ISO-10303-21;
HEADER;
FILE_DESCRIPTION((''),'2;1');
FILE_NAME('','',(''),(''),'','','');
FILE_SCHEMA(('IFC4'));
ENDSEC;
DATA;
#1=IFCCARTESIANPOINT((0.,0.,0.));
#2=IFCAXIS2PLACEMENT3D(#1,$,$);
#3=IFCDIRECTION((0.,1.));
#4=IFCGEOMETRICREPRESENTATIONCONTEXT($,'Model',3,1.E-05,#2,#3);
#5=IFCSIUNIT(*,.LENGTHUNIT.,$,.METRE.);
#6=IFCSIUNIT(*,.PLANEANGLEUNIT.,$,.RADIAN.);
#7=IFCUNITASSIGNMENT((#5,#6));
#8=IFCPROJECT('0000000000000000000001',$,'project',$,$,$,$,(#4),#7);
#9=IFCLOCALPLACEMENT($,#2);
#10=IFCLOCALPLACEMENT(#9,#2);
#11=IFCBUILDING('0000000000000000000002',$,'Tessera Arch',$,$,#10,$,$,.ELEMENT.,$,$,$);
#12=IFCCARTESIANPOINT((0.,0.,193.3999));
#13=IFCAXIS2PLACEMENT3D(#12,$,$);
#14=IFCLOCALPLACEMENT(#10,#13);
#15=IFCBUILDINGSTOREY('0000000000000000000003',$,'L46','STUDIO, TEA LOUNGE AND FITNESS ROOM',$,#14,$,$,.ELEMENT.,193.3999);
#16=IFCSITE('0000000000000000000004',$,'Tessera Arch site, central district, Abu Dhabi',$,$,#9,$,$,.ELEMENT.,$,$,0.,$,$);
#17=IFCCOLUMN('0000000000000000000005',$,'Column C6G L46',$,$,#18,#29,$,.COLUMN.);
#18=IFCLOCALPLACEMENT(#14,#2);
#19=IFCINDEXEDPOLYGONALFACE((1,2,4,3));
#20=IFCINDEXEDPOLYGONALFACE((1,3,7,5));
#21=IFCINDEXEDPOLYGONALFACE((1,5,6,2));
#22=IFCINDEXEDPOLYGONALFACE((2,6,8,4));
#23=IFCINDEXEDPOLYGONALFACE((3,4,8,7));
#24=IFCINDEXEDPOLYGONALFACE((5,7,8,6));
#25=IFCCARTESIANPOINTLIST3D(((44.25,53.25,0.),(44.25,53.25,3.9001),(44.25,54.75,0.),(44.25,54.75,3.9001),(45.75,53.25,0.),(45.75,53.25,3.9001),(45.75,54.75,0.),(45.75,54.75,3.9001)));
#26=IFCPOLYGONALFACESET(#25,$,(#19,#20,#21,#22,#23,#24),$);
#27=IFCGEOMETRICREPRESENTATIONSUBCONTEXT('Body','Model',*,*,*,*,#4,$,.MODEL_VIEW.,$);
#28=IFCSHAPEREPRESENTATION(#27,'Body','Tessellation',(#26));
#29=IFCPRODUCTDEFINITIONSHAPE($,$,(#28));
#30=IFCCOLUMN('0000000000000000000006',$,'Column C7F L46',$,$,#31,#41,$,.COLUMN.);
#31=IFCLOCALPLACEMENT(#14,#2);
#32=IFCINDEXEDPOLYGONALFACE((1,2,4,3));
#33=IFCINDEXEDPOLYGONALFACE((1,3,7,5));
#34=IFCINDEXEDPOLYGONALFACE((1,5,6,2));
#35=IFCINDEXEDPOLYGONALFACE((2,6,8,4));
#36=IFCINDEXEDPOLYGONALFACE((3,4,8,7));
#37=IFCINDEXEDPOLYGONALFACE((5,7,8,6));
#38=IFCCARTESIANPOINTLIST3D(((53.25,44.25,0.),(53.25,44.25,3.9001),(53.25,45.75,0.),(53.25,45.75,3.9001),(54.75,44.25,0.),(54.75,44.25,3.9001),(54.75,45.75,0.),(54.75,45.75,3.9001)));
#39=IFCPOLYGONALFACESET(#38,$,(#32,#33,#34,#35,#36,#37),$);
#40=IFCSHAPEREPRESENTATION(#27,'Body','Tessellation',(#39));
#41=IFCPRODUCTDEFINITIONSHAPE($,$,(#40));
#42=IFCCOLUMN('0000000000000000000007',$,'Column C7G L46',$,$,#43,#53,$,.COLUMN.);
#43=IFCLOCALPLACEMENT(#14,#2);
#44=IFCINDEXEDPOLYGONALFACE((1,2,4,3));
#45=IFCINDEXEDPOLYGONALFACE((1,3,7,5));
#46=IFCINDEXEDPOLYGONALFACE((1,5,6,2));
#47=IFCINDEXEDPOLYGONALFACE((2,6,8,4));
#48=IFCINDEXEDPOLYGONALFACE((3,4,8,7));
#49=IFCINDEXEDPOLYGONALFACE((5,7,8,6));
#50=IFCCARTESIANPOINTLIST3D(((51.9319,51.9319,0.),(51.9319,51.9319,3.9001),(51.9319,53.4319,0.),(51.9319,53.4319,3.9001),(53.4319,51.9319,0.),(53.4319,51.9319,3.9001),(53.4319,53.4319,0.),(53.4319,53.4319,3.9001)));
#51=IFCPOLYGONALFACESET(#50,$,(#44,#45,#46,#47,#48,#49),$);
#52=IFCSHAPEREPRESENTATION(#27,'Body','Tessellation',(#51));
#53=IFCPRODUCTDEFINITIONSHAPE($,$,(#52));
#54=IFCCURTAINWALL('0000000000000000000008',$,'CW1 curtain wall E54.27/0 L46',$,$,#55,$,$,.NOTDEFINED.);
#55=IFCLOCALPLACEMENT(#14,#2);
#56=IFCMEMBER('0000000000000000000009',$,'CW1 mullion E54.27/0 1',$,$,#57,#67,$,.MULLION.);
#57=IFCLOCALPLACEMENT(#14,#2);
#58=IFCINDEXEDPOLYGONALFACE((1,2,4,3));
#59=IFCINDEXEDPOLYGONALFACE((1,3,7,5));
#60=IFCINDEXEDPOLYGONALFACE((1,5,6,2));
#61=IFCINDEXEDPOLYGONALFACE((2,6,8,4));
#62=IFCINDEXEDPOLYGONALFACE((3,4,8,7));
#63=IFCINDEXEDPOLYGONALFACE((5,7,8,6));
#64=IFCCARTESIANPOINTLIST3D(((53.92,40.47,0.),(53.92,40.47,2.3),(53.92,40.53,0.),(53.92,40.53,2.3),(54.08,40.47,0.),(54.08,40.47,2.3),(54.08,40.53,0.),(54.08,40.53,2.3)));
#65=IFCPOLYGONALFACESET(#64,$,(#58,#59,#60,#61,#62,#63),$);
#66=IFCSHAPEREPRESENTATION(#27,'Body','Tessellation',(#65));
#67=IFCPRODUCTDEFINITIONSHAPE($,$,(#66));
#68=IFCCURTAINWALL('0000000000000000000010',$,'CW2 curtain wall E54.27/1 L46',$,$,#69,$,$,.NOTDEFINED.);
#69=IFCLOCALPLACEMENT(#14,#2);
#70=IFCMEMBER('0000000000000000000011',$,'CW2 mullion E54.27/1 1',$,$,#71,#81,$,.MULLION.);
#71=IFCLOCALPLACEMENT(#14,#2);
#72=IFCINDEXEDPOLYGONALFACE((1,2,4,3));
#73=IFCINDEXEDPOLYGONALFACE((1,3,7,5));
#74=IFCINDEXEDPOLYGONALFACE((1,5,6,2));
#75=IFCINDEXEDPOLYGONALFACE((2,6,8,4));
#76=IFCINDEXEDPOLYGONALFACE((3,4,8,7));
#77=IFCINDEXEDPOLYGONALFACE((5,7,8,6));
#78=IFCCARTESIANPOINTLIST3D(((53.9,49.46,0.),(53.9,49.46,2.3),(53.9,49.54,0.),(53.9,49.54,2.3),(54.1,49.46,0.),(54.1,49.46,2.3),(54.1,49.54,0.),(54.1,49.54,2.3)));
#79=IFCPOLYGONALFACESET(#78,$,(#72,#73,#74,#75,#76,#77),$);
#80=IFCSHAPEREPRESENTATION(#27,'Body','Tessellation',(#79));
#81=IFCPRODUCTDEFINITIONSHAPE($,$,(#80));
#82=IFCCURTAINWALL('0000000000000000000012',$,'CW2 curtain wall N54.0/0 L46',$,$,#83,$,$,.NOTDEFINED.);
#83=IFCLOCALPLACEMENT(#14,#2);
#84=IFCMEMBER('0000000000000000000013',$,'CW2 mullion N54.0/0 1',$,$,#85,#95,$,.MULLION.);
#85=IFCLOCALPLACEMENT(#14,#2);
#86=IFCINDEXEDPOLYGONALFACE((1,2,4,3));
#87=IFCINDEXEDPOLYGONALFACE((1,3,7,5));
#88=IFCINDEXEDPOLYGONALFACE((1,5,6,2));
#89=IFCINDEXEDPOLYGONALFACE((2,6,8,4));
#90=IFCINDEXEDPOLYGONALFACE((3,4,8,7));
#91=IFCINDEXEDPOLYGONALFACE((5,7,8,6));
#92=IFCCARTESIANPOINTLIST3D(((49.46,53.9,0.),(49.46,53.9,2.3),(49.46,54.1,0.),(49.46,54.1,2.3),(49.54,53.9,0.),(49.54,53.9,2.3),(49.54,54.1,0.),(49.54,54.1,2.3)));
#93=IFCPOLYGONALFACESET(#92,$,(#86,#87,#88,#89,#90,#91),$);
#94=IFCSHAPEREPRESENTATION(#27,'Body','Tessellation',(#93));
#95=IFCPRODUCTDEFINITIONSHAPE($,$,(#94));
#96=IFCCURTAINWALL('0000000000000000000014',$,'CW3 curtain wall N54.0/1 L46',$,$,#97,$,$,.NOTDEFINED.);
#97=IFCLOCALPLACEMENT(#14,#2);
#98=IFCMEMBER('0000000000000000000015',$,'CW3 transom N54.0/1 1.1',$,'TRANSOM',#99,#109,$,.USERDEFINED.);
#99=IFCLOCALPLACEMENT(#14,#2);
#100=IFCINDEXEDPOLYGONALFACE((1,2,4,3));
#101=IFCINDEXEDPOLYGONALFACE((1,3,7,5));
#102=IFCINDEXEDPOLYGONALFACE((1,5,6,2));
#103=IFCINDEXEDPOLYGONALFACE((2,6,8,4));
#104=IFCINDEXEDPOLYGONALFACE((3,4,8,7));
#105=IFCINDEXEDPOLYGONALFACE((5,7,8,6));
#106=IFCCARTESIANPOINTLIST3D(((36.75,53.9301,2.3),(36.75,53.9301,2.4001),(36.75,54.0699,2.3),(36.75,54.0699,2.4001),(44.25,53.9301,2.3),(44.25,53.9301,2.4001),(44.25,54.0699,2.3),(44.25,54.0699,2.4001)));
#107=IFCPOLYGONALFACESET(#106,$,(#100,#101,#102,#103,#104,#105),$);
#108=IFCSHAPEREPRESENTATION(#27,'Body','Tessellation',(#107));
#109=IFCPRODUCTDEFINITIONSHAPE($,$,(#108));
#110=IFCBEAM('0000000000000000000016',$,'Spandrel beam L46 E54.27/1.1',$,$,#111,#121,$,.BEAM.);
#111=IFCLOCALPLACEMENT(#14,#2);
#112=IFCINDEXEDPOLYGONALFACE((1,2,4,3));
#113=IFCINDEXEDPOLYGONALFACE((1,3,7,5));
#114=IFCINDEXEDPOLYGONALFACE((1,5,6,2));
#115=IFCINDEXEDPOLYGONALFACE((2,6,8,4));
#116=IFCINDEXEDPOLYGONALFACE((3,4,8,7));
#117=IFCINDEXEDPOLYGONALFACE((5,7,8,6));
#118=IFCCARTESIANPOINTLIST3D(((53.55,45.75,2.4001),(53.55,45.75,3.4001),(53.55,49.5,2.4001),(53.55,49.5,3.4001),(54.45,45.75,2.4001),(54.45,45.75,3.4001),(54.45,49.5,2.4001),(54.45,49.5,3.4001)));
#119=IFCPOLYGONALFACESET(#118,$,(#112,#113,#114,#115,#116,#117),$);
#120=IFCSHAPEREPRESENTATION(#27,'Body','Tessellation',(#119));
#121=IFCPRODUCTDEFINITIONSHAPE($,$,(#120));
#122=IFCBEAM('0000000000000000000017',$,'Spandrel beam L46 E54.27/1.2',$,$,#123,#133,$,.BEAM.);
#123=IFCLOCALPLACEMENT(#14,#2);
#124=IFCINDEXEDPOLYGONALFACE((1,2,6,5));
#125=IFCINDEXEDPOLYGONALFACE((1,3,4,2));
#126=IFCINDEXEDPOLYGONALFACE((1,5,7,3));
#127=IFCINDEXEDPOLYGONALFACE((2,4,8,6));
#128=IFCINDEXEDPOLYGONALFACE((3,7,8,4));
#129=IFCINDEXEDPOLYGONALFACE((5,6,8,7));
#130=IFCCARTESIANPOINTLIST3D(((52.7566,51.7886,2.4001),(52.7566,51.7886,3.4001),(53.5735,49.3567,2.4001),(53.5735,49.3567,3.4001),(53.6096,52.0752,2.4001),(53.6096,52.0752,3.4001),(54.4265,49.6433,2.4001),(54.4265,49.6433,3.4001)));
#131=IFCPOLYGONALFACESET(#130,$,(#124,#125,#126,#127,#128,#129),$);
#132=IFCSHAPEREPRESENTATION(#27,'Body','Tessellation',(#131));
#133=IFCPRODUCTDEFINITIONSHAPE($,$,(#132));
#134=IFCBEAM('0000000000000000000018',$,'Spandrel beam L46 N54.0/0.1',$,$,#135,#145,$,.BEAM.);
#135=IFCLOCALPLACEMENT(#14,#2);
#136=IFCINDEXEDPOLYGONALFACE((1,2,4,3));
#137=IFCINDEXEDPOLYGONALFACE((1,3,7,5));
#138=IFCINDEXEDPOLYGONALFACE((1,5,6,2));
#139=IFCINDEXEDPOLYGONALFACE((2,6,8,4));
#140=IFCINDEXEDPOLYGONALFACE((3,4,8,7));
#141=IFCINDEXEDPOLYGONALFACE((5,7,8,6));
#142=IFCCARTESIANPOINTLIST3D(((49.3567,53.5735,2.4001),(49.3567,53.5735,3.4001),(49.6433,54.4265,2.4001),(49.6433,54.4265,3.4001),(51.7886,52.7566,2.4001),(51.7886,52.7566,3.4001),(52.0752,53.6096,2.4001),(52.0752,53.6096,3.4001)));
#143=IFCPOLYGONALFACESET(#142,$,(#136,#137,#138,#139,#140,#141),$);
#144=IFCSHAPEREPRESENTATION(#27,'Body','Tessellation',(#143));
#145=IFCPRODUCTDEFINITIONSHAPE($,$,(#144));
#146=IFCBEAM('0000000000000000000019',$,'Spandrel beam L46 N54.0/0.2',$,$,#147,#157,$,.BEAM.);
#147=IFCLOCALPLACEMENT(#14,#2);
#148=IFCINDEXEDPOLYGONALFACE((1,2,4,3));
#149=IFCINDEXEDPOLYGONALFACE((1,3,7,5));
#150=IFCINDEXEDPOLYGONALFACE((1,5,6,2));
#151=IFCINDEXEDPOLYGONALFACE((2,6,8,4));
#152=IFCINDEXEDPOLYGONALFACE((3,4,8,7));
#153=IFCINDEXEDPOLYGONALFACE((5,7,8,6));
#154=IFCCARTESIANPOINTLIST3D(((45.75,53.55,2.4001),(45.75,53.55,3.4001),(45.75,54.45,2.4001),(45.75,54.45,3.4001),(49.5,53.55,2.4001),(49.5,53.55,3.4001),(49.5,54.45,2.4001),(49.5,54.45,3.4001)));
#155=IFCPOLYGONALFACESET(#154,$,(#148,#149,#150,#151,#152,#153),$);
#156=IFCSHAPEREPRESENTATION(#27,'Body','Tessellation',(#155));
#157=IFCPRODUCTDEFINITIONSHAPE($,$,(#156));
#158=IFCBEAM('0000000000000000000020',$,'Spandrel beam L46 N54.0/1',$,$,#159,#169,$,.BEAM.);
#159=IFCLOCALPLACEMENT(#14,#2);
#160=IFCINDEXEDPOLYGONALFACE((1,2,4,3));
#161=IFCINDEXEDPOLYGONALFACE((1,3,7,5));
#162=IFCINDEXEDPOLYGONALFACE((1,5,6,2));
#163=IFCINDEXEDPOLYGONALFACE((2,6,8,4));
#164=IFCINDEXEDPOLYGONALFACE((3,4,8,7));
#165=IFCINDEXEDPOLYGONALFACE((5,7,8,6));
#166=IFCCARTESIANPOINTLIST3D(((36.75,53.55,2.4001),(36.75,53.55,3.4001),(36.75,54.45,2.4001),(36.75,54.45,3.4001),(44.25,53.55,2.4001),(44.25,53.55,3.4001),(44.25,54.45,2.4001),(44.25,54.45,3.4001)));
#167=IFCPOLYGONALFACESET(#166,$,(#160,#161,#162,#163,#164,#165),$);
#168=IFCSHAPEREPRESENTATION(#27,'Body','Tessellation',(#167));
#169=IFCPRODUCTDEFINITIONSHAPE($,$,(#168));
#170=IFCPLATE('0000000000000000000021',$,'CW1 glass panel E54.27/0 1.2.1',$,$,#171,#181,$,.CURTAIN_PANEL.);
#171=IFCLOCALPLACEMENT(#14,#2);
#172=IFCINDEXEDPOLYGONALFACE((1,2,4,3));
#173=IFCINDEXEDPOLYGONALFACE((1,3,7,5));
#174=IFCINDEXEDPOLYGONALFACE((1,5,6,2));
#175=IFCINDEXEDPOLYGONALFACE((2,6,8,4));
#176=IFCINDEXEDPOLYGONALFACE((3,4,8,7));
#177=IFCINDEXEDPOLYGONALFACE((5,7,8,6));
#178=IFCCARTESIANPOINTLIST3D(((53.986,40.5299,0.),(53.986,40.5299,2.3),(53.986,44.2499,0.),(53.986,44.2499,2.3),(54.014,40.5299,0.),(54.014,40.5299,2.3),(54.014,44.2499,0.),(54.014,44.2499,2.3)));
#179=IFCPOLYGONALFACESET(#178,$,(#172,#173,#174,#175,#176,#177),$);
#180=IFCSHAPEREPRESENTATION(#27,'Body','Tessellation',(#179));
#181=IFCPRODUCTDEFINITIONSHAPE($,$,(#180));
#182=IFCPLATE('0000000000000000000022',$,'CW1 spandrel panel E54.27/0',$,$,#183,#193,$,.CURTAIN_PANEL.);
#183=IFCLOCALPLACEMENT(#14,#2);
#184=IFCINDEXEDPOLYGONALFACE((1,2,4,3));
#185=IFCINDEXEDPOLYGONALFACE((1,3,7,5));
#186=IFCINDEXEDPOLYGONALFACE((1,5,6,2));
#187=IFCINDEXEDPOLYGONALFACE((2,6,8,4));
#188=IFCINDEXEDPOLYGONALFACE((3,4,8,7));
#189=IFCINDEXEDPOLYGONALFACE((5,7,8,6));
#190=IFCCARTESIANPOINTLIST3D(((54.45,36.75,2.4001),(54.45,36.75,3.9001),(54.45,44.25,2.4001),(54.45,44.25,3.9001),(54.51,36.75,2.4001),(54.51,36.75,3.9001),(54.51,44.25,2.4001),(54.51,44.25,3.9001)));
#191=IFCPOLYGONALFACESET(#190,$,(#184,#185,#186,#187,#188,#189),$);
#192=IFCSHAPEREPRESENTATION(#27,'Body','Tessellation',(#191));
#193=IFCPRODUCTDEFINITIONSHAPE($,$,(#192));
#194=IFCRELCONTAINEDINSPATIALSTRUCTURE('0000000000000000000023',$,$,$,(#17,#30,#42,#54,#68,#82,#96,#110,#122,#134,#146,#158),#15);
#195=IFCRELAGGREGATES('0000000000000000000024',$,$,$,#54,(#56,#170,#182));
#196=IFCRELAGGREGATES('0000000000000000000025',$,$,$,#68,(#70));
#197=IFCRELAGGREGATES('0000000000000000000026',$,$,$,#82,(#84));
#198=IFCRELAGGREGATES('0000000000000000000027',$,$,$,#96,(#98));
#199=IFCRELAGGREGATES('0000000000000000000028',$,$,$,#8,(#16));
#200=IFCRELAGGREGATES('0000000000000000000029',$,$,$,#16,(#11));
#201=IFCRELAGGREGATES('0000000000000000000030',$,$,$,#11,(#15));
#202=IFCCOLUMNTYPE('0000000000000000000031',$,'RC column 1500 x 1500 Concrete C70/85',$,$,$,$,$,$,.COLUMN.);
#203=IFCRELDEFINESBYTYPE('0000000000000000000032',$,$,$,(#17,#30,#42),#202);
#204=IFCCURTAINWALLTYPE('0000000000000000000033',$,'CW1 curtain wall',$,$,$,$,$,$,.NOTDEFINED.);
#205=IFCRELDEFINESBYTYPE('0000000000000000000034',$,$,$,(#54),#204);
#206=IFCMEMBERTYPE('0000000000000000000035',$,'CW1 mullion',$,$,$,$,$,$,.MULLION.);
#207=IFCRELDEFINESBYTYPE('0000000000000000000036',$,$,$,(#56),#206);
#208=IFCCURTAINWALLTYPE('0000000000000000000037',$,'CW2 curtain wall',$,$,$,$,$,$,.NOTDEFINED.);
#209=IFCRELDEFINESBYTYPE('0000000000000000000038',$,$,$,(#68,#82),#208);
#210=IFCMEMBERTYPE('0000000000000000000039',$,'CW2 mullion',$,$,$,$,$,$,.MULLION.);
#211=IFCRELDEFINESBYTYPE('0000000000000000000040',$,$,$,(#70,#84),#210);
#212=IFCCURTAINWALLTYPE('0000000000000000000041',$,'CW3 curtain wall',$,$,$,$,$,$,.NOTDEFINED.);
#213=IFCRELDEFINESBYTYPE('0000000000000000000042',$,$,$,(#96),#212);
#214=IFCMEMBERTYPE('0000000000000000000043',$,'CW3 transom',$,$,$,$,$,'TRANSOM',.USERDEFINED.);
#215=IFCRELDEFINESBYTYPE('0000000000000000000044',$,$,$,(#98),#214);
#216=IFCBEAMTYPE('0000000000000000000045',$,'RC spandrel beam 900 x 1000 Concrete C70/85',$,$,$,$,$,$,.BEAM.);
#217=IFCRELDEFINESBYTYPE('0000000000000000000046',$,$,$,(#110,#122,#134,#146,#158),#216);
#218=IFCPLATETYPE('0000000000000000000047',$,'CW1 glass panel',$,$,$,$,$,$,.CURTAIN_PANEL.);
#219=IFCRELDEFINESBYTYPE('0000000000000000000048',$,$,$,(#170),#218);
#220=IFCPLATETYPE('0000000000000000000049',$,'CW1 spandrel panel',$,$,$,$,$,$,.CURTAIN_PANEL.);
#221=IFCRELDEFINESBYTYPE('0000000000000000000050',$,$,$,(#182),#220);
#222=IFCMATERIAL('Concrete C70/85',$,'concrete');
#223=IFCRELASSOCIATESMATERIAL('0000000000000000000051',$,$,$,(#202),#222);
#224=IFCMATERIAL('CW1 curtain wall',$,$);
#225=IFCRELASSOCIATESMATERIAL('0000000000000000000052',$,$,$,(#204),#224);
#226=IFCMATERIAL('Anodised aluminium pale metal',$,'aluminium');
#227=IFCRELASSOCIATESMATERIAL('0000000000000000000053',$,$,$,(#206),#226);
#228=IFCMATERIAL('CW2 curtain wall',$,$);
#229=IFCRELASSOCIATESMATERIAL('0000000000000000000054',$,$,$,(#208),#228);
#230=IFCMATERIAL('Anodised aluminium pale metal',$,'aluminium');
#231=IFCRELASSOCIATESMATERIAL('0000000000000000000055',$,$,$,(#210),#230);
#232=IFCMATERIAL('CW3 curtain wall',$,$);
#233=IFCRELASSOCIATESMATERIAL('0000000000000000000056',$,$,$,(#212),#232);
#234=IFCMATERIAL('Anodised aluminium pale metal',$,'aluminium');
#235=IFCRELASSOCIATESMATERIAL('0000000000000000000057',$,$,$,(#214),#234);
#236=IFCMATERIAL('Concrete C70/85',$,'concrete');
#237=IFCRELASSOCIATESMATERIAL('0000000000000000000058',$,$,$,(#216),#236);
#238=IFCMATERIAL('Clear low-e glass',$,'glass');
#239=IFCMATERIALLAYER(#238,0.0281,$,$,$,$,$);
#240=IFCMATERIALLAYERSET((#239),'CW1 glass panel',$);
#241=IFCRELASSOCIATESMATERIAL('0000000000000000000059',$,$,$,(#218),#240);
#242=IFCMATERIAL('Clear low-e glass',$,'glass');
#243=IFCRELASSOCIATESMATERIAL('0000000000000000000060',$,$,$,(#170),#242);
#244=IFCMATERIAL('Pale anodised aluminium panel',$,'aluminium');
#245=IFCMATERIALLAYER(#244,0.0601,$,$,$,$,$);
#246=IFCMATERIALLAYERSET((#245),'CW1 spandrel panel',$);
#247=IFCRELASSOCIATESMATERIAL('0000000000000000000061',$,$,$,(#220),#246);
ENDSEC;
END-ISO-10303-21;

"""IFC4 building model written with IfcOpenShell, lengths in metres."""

from ifc_helpers import new_model, si_unit, direction, frame, origin, origin_2d, place, context, subcontext, project, spatial, rectangle, extrude, material, layer, layer_set, material_profile, profile_set, type_object, element, aggregate, save


model = new_model("IFC4")

# Units and contexts
model_context = context("Model", 3, precision=1e-05, world=origin(), true_north=direction((0.0, 1.0)))
body_context = subcontext(model_context, "Body", "Model", "MODEL_VIEW")
ifc_project = project(units=[si_unit("LENGTHUNIT", "METRE"), si_unit("PLANEANGLEUNIT", "RADIAN")], contexts=[model_context])

# Site, building, storey
site_placement = place(None, origin())
site = spatial("IfcSite", under=ifc_project, at=site_placement, Name="Tessera Arch site, central district, Abu Dhabi", CompositionType="ELEMENT", RefElevation=0.0)
building_placement = place(site_placement, origin())
building = spatial("IfcBuilding", under=site, at=building_placement, Name="Tessera Arch", CompositionType="ELEMENT")
storey_placement = place(building_placement, frame((0.0, 0.0, 193.3999)))
storey = spatial("IfcBuildingStorey", under=building, at=storey_placement, Name="L46", Description="STUDIO, TEA LOUNGE AND FITNESS ROOM", CompositionType="ELEMENT", Elevation=193.3999)

# Columns
ifc_material_1 = material(Name="Concrete C70/85", Category="concrete")
ifc_material_profile_1 = material_profile(ifc_material_1, rectangle(XDim=1.5, YDim=1.5, at=origin_2d()), Name="RC column 1500 x 1500 Concrete C70/85")
ifc_profile_set_1 = profile_set([ifc_material_profile_1], Name="Concrete C70/85")
column_type = type_object("IfcColumnType", Name="RC column 1500 x 1500 Concrete C70/85", PredefinedType="COLUMN", material=ifc_profile_set_1)
for number, where, z_axis, x_axis, name in (
    (1, (45.0, 54.0, 0.0), (0.0, 0.0, 1.0), (1.0, 0.0, 0.0), "Column C6G L46"),
    (2, (54.0, 45.0, 0.0), (0.0, 0.0, 1.0), (1.0, 0.0, 0.0), "Column C7F L46"),
    (3, (52.6819, 52.6819, 0.0), (0.0, 0.0, 1.0), (1.0, 0.0, 0.0), "Column C7G L46"),
):
    element("IfcColumn", number, at=place(storey_placement, frame(where, z_axis=z_axis, x_axis=x_axis)), inside=storey, type_object=column_type, Name=name, PredefinedType="COLUMN", context=body_context, shape_type="SweptSolid", body=[
        extrude(rectangle(XDim=1.5, YDim=1.5, at=origin_2d()), origin(), (0.0, 0.0, 1.0), 3.9001),
    ])

# Curtain walls, members
ifc_material_2 = material(Name="CW1 curtain wall")
curtain_wall_type_1 = type_object("IfcCurtainWallType", Name="CW1 curtain wall", PredefinedType="NOTDEFINED", material=ifc_material_2)
curtain_wall_1_placement = place(storey_placement, origin())
curtain_wall_1 = element("IfcCurtainWall", 4, at=curtain_wall_1_placement, inside=storey, type_object=curtain_wall_type_1, Name="CW1 curtain wall E54.27/0 L46", PredefinedType="NOTDEFINED")
ifc_material_3 = material(Name="Anodised aluminium pale metal", Category="aluminium")
ifc_material_profile_2 = material_profile(ifc_material_3, rectangle(XDim=0.1599, YDim=0.0601, at=origin_2d()), Name="AL 60x160")
ifc_profile_set_2 = profile_set([ifc_material_profile_2], Name="Anodised aluminium pale metal")
member_type_1 = type_object("IfcMemberType", Name="CW1 mullion", PredefinedType="MULLION", material=ifc_profile_set_2)
member_1_placement = place(storey_placement, frame((54.0, 40.5, 0.0), z_axis=(0.0, 0.0, 1.0), x_axis=(-1.0, 0.0, 0.0)))
member_1 = element("IfcMember", 5, at=member_1_placement, type_object=member_type_1, Name="CW1 mullion E54.27/0 1", PredefinedType="MULLION", context=body_context, shape_type="SweptSolid", body=[
    extrude(rectangle(XDim=0.1599, YDim=0.0601, at=origin_2d()), origin(), (0.0, 0.0, 1.0), 2.3),
])
ifc_material_4 = material(Name="CW2 curtain wall")
curtain_wall_type_2 = type_object("IfcCurtainWallType", Name="CW2 curtain wall", PredefinedType="NOTDEFINED", material=ifc_material_4)
curtain_wall_2_placement = place(storey_placement, origin())
curtain_wall_2 = element("IfcCurtainWall", 6, at=curtain_wall_2_placement, inside=storey, type_object=curtain_wall_type_2, Name="CW2 curtain wall E54.27/1 L46", PredefinedType="NOTDEFINED")
ifc_material_5 = material(Name="Anodised aluminium pale metal", Category="aluminium")
ifc_material_profile_3 = material_profile(ifc_material_5, rectangle(XDim=0.2, YDim=0.0801, at=origin_2d()), Name="AL 80x200")
ifc_profile_set_3 = profile_set([ifc_material_profile_3], Name="Anodised aluminium pale metal")
member_type_2 = type_object("IfcMemberType", Name="CW2 mullion", PredefinedType="MULLION", material=ifc_profile_set_3)
member_2_placement = place(storey_placement, frame((54.0, 49.5, 0.0), z_axis=(0.0, 0.0, 1.0), x_axis=(-1.0, 0.0, 0.0)))
member_2 = element("IfcMember", 7, at=member_2_placement, type_object=member_type_2, Name="CW2 mullion E54.27/1 1", PredefinedType="MULLION", context=body_context, shape_type="SweptSolid", body=[
    extrude(rectangle(XDim=0.2, YDim=0.0801, at=origin_2d()), origin(), (0.0, 0.0, 1.0), 2.3),
])
curtain_wall_3_placement = place(storey_placement, origin())
curtain_wall_3 = element("IfcCurtainWall", 8, at=curtain_wall_3_placement, inside=storey, type_object=curtain_wall_type_2, Name="CW2 curtain wall N54.0/0 L46", PredefinedType="NOTDEFINED")
member_3_placement = place(storey_placement, frame((49.5, 54.0, 0.0), z_axis=(0.0, 0.0, 1.0), x_axis=(0.0, -1.0, 0.0)))
member_3 = element("IfcMember", 9, at=member_3_placement, type_object=member_type_2, Name="CW2 mullion N54.0/0 1", PredefinedType="MULLION", context=body_context, shape_type="SweptSolid", body=[
    extrude(rectangle(XDim=0.2, YDim=0.0801, at=origin_2d()), origin(), (0.0, 0.0, 1.0), 2.3),
])
ifc_material_6 = material(Name="CW3 curtain wall")
curtain_wall_type_3 = type_object("IfcCurtainWallType", Name="CW3 curtain wall", PredefinedType="NOTDEFINED", material=ifc_material_6)
curtain_wall_4_placement = place(storey_placement, origin())
curtain_wall_4 = element("IfcCurtainWall", 10, at=curtain_wall_4_placement, inside=storey, type_object=curtain_wall_type_3, Name="CW3 curtain wall N54.0/1 L46", PredefinedType="NOTDEFINED")
ifc_material_7 = material(Name="Anodised aluminium pale metal", Category="aluminium")
ifc_material_profile_4 = material_profile(ifc_material_7, rectangle(XDim=0.1399, YDim=0.1001, at=origin_2d()), Name="AL 140x100")
ifc_profile_set_4 = profile_set([ifc_material_profile_4], Name="Anodised aluminium pale metal")
member_type_3 = type_object("IfcMemberType", Name="CW3 transom", ElementType="TRANSOM", PredefinedType="USERDEFINED", material=ifc_profile_set_4)
member_4_placement = place(storey_placement, frame((44.25, 54.0, 2.3501), z_axis=(-1.0, 0.0, 0.0), x_axis=(0.0, -1.0, 0.0)))
member_4 = element("IfcMember", 11, at=member_4_placement, type_object=member_type_3, Name="CW3 transom N54.0/1 1.1", ObjectType="TRANSOM", PredefinedType="USERDEFINED", context=body_context, shape_type="SweptSolid", body=[
    extrude(rectangle(XDim=0.1399, YDim=0.1001, at=origin_2d()), origin(), (0.0, 0.0, 1.0), 7.5),
])

# Beams
ifc_material_8 = material(Name="Concrete C70/85", Category="concrete")
ifc_material_profile_5 = material_profile(ifc_material_8, rectangle(XDim=0.8999, YDim=1.0, at=origin_2d()), Name="RC spandrel beam 900 x 1000 Concrete C70/85")
ifc_profile_set_5 = profile_set([ifc_material_profile_5], Name="Concrete C70/85")
beam_type = type_object("IfcBeamType", Name="RC spandrel beam 900 x 1000 Concrete C70/85", PredefinedType="BEAM", material=ifc_profile_set_5)
beam_1_placement = place(storey_placement, frame((54.0, 45.75, 2.9001), z_axis=(0.0, 1.0, 0.0), x_axis=(-1.0, 0.0, 0.0)))
element("IfcBeam", 12, at=beam_1_placement, inside=storey, type_object=beam_type, Name="Spandrel beam L46 E54.27/1.1", PredefinedType="BEAM", context=body_context, shape_type="SweptSolid", body=[
    extrude(rectangle(XDim=0.8999, YDim=1.0, at=origin_2d()), origin(), (0.0, 0.0, 1.0), 3.75),
])
for number, where, z_axis, x_axis, name in (
    (13, (54.0, 49.5, 2.9001), (-0.318425, 0.947948, 0.0), (-0.947948, -0.318425, 0.0), "Spandrel beam L46 E54.27/1.2"),
    (14, (51.9319, 53.1831, 2.9001), (-0.947948, 0.318425, 0.0), (-0.318425, -0.947948, 0.0), "Spandrel beam L46 N54.0/0.1"),
):
    element("IfcBeam", number, at=place(storey_placement, frame(where, z_axis=z_axis, x_axis=x_axis)), inside=storey, type_object=beam_type, Name=name, PredefinedType="BEAM", context=body_context, shape_type="SweptSolid", body=[
        extrude(rectangle(XDim=0.8999, YDim=1.0, at=origin_2d()), origin(), (0.0, 0.0, 1.0), 2.5654),
    ])
beam_2_placement = place(storey_placement, frame((49.5, 54.0, 2.9001), z_axis=(-1.0, 0.0, 0.0), x_axis=(0.0, -1.0, 0.0)))
element("IfcBeam", 15, at=beam_2_placement, inside=storey, type_object=beam_type, Name="Spandrel beam L46 N54.0/0.2", PredefinedType="BEAM", context=body_context, shape_type="SweptSolid", body=[
    extrude(rectangle(XDim=0.8999, YDim=1.0, at=origin_2d()), origin(), (0.0, 0.0, 1.0), 3.75),
])
beam_3_placement = place(storey_placement, frame((44.25, 54.0, 2.9001), z_axis=(-1.0, 0.0, 0.0), x_axis=(0.0, -1.0, 0.0)))
element("IfcBeam", 16, at=beam_3_placement, inside=storey, type_object=beam_type, Name="Spandrel beam L46 N54.0/1", PredefinedType="BEAM", context=body_context, shape_type="SweptSolid", body=[
    extrude(rectangle(XDim=0.8999, YDim=1.0, at=origin_2d()), origin(), (0.0, 0.0, 1.0), 7.5),
])

# Plates
ifc_material_9 = material(Name="Clear low-e glass", Category="glass")
ifc_material_10 = material(Name="Clear low-e glass", Category="glass")
ifc_layer_1 = layer(ifc_material_10, 0.0281)
ifc_layer_set_1 = layer_set([ifc_layer_1], Name="CW1 glass panel")
plate_type_1 = type_object("IfcPlateType", Name="CW1 glass panel", PredefinedType="CURTAIN_PANEL", material=ifc_layer_set_1)
plate_1_placement = place(storey_placement, frame((54.0, 42.3899, 0.0), z_axis=(0.0, 0.0, 1.0), x_axis=(0.0, 1.0, 0.0)))
plate_1 = element("IfcPlate", 17, at=plate_1_placement, type_object=plate_type_1, material=ifc_material_9, Name="CW1 glass panel E54.27/0 1.2.1", PredefinedType="CURTAIN_PANEL", context=body_context, shape_type="SweptSolid", body=[
    extrude(rectangle(XDim=3.72, YDim=0.0281, at=origin_2d()), origin(), (0.0, 0.0, 1.0), 2.3),
])
ifc_material_11 = material(Name="Pale anodised aluminium panel", Category="aluminium")
ifc_layer_2 = layer(ifc_material_11, 0.0601)
ifc_layer_set_2 = layer_set([ifc_layer_2], Name="CW1 spandrel panel")
plate_type_2 = type_object("IfcPlateType", Name="CW1 spandrel panel", PredefinedType="CURTAIN_PANEL", material=ifc_layer_set_2)
plate_2_placement = place(storey_placement, frame((54.48, 40.5, 2.4001), z_axis=(0.0, 0.0, 1.0), x_axis=(0.0, 1.0, 0.0)))
plate_2 = element("IfcPlate", 18, at=plate_2_placement, type_object=plate_type_2, Name="CW1 spandrel panel E54.27/0", PredefinedType="CURTAIN_PANEL", context=body_context, shape_type="SweptSolid", body=[
    extrude(rectangle(XDim=7.5, YDim=0.0601, at=origin_2d()), origin(), (0.0, 0.0, 1.0), 1.5),
])
aggregate(curtain_wall_1, [member_1, plate_1, plate_2])
aggregate(curtain_wall_2, [member_2])
aggregate(curtain_wall_3, [member_3])
aggregate(curtain_wall_4, [member_4])

save(model, "model.ifc")
